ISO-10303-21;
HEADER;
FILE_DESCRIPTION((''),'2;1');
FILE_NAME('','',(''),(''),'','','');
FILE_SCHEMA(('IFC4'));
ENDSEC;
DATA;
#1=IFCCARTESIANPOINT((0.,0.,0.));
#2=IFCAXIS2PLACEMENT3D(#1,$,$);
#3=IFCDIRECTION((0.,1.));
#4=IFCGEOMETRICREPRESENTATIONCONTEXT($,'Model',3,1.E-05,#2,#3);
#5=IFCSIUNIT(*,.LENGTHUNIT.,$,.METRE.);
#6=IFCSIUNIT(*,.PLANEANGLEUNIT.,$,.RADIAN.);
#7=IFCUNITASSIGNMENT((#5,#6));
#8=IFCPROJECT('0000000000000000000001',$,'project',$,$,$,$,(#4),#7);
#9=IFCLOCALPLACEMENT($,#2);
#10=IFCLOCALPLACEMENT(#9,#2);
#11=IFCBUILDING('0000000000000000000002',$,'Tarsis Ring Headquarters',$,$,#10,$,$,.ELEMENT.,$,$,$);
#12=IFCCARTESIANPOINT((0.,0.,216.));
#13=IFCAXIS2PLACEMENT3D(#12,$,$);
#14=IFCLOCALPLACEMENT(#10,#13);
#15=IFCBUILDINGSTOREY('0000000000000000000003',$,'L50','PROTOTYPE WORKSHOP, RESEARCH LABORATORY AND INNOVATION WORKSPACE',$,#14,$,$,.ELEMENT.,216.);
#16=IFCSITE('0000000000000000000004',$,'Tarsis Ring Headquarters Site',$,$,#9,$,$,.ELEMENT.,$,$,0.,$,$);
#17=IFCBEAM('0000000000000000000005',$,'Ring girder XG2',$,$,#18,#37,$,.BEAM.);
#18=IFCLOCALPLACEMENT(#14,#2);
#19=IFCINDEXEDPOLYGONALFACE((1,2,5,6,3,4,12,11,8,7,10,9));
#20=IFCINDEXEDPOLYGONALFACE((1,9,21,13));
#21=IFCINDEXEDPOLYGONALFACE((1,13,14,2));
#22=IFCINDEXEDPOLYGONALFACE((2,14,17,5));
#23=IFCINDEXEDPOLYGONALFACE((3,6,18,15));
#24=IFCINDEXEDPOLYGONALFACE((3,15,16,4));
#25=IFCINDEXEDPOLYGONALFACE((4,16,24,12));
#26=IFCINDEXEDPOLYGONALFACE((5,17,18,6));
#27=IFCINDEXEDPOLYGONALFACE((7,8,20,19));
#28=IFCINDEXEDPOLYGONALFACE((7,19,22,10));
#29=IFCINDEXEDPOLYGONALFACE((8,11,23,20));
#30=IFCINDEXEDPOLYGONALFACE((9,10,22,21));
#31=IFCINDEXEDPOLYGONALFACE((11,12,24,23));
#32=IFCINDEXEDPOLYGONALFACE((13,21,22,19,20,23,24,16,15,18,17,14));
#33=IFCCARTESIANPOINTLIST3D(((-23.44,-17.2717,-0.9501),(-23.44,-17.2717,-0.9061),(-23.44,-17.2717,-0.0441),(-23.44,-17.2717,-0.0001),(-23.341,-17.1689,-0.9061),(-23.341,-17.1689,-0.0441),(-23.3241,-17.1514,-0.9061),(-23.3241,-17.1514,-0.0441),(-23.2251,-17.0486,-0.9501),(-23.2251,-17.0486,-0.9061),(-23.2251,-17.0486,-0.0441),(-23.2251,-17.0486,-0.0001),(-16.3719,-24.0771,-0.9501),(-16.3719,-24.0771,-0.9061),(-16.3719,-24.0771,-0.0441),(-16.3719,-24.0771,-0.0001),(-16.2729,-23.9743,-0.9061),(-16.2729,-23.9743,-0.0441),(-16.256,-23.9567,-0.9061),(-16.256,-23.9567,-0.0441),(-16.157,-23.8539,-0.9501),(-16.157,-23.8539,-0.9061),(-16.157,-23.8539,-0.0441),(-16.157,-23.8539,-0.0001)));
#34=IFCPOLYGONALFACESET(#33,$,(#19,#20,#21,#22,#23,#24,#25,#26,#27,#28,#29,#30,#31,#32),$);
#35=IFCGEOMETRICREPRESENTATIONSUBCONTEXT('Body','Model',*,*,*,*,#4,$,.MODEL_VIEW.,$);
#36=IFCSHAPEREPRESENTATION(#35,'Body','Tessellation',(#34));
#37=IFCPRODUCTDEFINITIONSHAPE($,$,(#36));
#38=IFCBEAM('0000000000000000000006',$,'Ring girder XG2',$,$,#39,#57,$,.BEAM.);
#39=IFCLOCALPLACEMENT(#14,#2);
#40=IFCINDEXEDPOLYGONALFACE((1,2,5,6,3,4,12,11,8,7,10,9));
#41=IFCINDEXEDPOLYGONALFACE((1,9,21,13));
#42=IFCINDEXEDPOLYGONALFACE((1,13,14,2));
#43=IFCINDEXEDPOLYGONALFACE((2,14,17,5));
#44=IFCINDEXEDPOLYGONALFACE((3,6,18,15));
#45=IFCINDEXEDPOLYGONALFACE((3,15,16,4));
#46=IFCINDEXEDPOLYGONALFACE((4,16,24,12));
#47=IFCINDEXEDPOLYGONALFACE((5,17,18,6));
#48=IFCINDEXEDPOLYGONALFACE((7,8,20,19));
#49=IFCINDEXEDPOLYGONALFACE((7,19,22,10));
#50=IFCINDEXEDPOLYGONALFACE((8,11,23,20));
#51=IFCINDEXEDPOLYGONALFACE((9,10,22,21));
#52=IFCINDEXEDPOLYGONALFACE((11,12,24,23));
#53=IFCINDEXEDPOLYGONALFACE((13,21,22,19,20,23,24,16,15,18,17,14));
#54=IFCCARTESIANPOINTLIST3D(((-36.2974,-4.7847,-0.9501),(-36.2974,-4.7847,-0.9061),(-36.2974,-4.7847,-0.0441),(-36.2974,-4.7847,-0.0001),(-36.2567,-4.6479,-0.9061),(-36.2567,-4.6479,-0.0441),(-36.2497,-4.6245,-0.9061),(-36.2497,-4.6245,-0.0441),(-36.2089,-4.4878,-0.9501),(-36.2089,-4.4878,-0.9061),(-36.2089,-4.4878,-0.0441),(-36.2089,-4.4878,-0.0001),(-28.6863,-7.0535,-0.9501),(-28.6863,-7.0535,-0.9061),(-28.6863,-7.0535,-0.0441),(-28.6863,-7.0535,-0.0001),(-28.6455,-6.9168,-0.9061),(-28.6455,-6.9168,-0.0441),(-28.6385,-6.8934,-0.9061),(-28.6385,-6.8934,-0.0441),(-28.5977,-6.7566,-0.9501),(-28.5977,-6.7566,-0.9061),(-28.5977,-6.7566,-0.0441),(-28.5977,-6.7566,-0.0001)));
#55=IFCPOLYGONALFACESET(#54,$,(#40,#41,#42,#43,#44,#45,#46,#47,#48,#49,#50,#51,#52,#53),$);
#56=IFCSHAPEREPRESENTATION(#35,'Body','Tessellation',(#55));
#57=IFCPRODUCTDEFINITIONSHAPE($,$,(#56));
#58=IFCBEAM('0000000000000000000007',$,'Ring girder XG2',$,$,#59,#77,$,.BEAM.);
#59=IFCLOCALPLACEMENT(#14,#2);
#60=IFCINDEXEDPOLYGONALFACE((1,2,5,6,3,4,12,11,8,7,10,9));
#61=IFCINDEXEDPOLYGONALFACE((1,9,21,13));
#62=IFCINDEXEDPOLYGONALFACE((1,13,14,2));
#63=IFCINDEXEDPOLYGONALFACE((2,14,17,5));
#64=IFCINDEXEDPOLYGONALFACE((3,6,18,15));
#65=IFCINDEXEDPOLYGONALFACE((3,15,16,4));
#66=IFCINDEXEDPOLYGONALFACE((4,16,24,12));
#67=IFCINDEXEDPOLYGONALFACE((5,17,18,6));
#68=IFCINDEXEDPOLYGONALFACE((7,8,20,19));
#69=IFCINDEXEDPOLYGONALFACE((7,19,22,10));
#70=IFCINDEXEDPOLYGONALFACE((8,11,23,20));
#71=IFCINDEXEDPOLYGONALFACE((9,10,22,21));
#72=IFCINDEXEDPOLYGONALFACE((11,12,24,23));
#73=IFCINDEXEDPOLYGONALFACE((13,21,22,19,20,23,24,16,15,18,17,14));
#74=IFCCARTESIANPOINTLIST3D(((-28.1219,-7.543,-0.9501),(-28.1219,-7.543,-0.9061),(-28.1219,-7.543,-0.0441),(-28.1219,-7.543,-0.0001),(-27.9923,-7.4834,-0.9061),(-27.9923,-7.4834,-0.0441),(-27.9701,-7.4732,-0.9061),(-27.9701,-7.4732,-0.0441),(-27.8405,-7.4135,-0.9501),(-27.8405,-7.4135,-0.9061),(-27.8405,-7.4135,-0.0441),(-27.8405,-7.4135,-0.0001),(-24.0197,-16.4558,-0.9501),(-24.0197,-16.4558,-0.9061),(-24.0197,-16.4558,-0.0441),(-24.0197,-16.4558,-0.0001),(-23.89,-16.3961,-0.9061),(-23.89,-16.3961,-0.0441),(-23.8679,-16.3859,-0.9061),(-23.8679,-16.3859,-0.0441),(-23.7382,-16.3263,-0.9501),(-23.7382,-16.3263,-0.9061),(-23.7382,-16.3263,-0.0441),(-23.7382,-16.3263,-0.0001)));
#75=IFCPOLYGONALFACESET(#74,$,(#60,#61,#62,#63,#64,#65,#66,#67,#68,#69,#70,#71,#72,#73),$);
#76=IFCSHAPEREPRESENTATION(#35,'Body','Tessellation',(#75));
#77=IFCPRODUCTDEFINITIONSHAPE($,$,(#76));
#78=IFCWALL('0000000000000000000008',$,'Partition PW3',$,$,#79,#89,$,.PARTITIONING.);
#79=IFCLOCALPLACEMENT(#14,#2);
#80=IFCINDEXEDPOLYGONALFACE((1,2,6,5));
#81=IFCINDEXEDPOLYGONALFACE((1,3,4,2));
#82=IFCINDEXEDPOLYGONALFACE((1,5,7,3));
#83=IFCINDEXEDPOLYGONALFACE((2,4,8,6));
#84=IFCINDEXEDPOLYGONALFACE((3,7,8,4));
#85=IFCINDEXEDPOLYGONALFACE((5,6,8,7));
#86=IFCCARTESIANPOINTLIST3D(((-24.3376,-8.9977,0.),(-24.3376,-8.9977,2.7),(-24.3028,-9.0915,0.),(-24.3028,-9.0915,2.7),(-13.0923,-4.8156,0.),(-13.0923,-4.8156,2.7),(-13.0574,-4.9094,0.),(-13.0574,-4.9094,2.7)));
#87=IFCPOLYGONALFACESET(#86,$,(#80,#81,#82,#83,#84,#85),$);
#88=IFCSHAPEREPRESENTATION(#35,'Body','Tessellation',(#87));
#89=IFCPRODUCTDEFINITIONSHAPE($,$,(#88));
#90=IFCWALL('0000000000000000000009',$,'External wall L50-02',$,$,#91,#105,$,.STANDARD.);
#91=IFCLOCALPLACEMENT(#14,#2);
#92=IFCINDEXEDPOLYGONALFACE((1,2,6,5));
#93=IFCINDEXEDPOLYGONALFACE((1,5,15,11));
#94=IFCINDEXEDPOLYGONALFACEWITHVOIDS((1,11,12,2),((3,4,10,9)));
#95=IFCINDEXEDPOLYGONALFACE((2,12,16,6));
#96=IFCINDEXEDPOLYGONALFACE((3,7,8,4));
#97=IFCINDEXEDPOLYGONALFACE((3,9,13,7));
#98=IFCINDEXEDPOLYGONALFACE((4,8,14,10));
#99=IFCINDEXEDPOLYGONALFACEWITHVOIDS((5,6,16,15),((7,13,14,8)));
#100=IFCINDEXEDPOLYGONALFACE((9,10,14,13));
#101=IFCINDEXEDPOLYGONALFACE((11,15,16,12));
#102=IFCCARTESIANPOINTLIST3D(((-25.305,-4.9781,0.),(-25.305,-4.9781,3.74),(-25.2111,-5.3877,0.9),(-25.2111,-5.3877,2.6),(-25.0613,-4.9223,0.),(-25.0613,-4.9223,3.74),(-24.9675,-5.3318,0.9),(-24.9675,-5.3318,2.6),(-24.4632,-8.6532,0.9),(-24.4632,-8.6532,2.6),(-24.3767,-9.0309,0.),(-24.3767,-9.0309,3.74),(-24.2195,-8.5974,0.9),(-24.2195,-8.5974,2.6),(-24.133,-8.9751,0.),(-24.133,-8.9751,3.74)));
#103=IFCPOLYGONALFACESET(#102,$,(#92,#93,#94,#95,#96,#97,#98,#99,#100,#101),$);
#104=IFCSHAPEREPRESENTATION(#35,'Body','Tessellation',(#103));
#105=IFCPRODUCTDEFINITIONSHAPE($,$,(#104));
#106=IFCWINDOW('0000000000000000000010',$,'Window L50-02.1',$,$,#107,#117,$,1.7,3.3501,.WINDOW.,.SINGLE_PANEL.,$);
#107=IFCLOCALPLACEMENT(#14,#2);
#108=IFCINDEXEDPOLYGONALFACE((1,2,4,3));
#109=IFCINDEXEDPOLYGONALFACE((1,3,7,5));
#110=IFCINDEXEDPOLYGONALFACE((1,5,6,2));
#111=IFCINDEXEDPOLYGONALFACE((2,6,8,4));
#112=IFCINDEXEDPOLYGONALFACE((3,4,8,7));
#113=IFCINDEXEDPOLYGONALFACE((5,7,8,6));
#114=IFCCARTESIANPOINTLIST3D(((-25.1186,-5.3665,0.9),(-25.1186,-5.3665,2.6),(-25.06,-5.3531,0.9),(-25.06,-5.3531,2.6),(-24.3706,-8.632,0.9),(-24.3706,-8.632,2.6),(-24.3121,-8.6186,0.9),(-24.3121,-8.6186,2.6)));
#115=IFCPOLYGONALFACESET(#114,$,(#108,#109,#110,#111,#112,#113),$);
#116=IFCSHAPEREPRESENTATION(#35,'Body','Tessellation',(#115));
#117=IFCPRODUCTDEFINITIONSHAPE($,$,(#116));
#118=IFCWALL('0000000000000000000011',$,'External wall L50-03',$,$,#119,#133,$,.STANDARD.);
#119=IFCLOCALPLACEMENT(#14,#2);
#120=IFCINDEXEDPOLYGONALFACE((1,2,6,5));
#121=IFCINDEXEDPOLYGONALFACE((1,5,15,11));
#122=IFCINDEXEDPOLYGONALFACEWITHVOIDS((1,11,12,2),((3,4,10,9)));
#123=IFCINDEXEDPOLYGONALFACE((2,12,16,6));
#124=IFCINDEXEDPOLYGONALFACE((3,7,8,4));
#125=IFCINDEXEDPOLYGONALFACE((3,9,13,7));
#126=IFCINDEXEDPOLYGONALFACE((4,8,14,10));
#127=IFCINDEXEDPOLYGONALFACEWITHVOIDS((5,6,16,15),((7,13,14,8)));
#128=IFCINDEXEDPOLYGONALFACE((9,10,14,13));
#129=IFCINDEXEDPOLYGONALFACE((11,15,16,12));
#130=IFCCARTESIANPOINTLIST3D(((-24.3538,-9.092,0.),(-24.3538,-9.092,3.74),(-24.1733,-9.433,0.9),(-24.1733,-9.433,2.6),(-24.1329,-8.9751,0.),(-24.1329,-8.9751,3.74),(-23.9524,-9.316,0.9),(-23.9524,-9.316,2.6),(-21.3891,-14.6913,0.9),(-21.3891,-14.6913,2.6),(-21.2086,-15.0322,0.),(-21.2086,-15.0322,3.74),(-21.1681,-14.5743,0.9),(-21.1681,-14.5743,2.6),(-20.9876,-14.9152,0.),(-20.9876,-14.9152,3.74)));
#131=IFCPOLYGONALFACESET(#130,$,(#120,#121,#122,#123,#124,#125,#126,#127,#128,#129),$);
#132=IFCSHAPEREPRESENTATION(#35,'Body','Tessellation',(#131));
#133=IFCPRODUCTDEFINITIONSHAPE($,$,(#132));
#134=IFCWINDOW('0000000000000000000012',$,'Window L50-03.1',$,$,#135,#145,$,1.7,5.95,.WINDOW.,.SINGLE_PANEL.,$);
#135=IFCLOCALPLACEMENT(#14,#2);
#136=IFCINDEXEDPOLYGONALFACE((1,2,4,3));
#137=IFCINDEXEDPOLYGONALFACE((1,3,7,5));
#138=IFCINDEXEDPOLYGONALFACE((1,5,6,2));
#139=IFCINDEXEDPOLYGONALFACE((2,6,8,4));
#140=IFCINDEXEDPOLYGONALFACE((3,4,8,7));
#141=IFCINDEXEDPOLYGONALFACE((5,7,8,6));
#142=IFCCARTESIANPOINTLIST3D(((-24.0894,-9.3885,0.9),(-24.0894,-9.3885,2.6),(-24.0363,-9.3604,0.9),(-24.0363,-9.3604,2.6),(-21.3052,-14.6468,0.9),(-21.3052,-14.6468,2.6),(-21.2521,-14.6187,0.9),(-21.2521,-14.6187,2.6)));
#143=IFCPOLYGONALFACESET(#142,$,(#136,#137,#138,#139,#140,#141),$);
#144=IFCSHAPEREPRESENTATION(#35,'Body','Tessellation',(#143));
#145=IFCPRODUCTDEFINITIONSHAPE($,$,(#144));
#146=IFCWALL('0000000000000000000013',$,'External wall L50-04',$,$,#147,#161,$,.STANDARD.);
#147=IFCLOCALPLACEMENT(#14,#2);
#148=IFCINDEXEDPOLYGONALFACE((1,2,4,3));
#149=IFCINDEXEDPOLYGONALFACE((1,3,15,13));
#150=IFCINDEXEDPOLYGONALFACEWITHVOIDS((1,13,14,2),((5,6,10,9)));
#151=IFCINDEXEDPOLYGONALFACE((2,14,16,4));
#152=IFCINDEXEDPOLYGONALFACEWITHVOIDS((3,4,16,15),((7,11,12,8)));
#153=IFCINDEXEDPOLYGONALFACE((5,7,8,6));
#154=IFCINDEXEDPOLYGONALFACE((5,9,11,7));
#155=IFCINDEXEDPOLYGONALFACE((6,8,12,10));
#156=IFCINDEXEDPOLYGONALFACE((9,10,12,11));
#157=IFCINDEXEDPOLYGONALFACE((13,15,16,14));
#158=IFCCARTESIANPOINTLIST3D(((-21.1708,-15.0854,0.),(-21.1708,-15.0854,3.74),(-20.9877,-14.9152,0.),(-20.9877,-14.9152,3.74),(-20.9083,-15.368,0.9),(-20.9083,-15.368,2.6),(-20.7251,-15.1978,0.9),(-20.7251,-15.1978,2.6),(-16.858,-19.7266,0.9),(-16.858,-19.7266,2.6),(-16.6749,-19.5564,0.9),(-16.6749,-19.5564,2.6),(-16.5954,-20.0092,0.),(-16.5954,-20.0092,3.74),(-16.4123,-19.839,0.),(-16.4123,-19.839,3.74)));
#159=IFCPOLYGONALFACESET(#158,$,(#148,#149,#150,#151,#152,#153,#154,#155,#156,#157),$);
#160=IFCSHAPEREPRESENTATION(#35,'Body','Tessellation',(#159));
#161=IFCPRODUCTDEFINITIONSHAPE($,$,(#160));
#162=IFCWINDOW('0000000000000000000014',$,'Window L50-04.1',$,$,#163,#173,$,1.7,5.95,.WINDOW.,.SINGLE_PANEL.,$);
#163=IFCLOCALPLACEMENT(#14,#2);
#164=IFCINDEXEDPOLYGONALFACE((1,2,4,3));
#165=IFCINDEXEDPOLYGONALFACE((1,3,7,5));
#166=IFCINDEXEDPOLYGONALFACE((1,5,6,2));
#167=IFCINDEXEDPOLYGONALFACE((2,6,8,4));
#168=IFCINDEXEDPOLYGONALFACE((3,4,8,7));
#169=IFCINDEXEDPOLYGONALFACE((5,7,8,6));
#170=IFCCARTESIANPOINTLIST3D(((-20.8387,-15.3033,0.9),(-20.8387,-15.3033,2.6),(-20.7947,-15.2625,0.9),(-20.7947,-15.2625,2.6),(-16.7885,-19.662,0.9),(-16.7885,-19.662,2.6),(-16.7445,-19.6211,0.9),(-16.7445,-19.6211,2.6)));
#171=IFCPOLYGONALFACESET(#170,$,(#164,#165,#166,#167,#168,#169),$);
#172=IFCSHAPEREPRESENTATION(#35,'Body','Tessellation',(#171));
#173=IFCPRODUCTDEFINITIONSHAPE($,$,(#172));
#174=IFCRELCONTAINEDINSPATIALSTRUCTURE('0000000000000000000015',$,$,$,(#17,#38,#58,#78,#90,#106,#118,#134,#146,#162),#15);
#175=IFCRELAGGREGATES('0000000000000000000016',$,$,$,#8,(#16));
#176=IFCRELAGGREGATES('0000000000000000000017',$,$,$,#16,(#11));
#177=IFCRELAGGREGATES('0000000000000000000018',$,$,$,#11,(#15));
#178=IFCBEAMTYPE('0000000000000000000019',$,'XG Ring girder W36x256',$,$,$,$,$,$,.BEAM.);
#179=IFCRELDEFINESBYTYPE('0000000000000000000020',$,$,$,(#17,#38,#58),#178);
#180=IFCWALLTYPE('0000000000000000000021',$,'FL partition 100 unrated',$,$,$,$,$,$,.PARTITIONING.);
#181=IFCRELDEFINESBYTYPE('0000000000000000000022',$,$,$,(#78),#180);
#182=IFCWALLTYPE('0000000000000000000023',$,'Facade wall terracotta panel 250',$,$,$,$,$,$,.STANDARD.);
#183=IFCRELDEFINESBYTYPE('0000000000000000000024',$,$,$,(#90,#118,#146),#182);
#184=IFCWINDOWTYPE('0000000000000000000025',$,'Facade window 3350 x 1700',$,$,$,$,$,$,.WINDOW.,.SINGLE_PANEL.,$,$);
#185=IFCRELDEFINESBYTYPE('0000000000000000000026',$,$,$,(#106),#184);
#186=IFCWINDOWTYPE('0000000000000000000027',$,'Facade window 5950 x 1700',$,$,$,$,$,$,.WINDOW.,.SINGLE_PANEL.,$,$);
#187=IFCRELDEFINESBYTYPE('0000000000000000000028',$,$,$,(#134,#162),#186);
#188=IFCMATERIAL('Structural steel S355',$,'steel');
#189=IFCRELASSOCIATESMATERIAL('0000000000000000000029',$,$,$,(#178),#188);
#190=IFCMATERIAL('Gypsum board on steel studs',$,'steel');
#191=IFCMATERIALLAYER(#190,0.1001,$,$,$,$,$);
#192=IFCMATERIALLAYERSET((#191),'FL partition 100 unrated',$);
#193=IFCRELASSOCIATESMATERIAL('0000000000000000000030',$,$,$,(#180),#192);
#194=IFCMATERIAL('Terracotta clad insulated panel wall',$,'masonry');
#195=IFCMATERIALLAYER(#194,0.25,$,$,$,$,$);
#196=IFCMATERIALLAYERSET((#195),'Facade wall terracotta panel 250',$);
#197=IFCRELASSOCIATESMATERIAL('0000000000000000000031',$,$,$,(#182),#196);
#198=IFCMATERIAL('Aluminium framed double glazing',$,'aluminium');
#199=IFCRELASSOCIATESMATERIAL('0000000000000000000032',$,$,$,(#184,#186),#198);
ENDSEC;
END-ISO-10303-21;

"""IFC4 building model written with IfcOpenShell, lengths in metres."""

from ifc_helpers import new_model, si_unit, direction, frame, frame_2d, origin, origin_2d, place, context, subcontext, project, spatial, rectangle, i_section, extrude, material, layer, layer_set, material_profile, profile_set, type_object, element, fill, save


model = new_model("IFC4")

# Units and contexts
model_context = context("Model", 3, precision=1e-05, world=origin(), true_north=direction((0.0, 1.0)))
body_context = subcontext(model_context, "Body", "Model", "MODEL_VIEW")
ifc_project = project(units=[si_unit("LENGTHUNIT", "METRE"), si_unit("PLANEANGLEUNIT", "RADIAN")], contexts=[model_context])

# Site, building, storey
site_placement = place(None, origin())
site = spatial("IfcSite", under=ifc_project, at=site_placement, Name="Tarsis Ring Headquarters Site", CompositionType="ELEMENT", RefElevation=0.0)
building_placement = place(site_placement, origin())
building = spatial("IfcBuilding", under=site, at=building_placement, Name="Tarsis Ring Headquarters", CompositionType="ELEMENT")
storey_placement = place(building_placement, frame((0.0, 0.0, 216.0)))
storey = spatial("IfcBuildingStorey", under=building, at=storey_placement, Name="L50", Description="PROTOTYPE WORKSHOP, RESEARCH LABORATORY AND INNOVATION WORKSPACE", CompositionType="ELEMENT", Elevation=216.0)

# Shared definitions
ifc_material_1 = material(Name="Structural steel S355", Category="steel")

# Beams
ifc_material_profile_1 = material_profile(ifc_material_1, i_section(OverallWidth=0.3098, OverallDepth=0.95, WebThickness=0.0244, FlangeThickness=0.0439, at=origin_2d()), Name="W36x256")
ifc_profile_set_1 = profile_set([ifc_material_profile_1], Name="Structural steel S355")
beam_type_1 = type_object("IfcBeamType", Name="XG Ring girder W36x256", PredefinedType="BEAM", material=ifc_profile_set_1)
beam_1_placement = place(storey_placement, frame((-23.3325, -17.1602, -0.4751), z_axis=(0.720367, -0.693593, 0.0), x_axis=(0.693593, 0.720367, 0.0)))
element("IfcBeam", 1, at=beam_1_placement, inside=storey, type_object=beam_type_1, Name="Ring girder XG2", PredefinedType="BEAM", context=body_context, shape_type="SweptSolid", body=[
    extrude(i_section(OverallWidth=0.3098, OverallDepth=0.95, WebThickness=0.0244, FlangeThickness=0.0439, at=origin_2d()), origin(), (0.0, 0.0, 1.0), 9.8118),
])
beam_2_placement = place(storey_placement, frame((-36.2532, -4.6362, -0.4751), z_axis=(0.958328, -0.285669, 0.0), x_axis=(0.285669, 0.958328, 0.0)))
element("IfcBeam", 2, at=beam_2_placement, inside=storey, type_object=beam_type_1, Name="Ring girder XG2", PredefinedType="BEAM", context=body_context, shape_type="SweptSolid", body=[
    extrude(i_section(OverallWidth=0.3098, OverallDepth=0.95, WebThickness=0.0244, FlangeThickness=0.0439, at=origin_2d()), origin(), (0.0, 0.0, 1.0), 7.9421),
])
beam_3_placement = place(storey_placement, frame((-27.9812, -7.4783, -0.4751), z_axis=(0.418106, -0.908398, 0.0), x_axis=(0.908398, 0.418106, 0.0)))
element("IfcBeam", 3, at=beam_3_placement, inside=storey, type_object=beam_type_1, Name="Ring girder XG2", PredefinedType="BEAM", context=body_context, shape_type="SweptSolid", body=[
    extrude(i_section(OverallWidth=0.3098, OverallDepth=0.95, WebThickness=0.0244, FlangeThickness=0.0439, at=origin_2d()), origin(), (0.0, 0.0, 1.0), 9.8115),
])

# Wall
ifc_material_2 = material(Name="Gypsum board on steel studs", Category="steel")
ifc_layer_1 = layer(ifc_material_2, 0.1001)
ifc_layer_set_1 = layer_set([ifc_layer_1], Name="FL partition 100 unrated")
wall_type_1 = type_object("IfcWallType", Name="FL partition 100 unrated", PredefinedType="PARTITIONING", material=ifc_layer_set_1)
wall_1_placement = place(storey_placement, frame((-24.3203, -9.0447, 0.0), z_axis=(0.0, 0.0, 1.0), x_axis=(0.937282, 0.348573, 0.0)))
element("IfcWall", 4, at=wall_1_placement, inside=storey, type_object=wall_type_1, Name="Partition PW3", PredefinedType="PARTITIONING", context=body_context, shape_type="SweptSolid", body=[
    extrude(rectangle(XDim=11.9978, YDim=0.1001, at=frame_2d((5.999, 0.0))), origin(), (0.0, 0.0, 1.0), 2.7),
])

# Walls, openings, windows
ifc_material_3 = material(Name="Terracotta clad insulated panel wall", Category="masonry")
ifc_layer_2 = layer(ifc_material_3, 0.25)
ifc_layer_set_2 = layer_set([ifc_layer_2], Name="Facade wall terracotta panel 250")
wall_type_2 = type_object("IfcWallType", Name="Facade wall terracotta panel 250", PredefinedType="STANDARD", material=ifc_layer_set_2)
wall_2_placement = place(storey_placement, frame((-25.1831, -4.9502, 0.0), z_axis=(0.0, 0.0, 1.0), x_axis=(0.223255, -0.97476, 0.0)))
wall_2 = element("IfcWall", 5, at=wall_2_placement, inside=storey, type_object=wall_type_2, Name="External wall L50-02", PredefinedType="STANDARD", context=body_context, shape_type="SweptSolid", body=[
    extrude(rectangle(XDim=4.1577, YDim=0.25, at=frame_2d((2.0789, 0.0))), origin(), (0.0, 0.0, 1.0), 3.74),
])
opening_1_placement = place(wall_2_placement, frame((0.4202, 0.0, 0.8999)))
opening_1 = element("IfcOpeningElement", 6, at=opening_1_placement, cuts=wall_2, PredefinedType="OPENING", context=body_context, shape_type="SweptSolid", body=[
    extrude(rectangle(XDim=3.3501, YDim=1.7, at=frame_2d((1.675, 0.8501))), frame((0.0, 0.135, 0.0), z_axis=(0.0, -1.0, 0.0), x_axis=(1.0, 0.0, 0.0)), (0.0, 0.0, 1.0), 0.27),
])
ifc_material_4 = material(Name="Aluminium framed double glazing", Category="aluminium")
window_type_1 = type_object("IfcWindowType", Name="Facade window 3350 x 1700", PartitioningType="SINGLE_PANEL", PredefinedType="WINDOW", material=ifc_material_4)
window_1_placement = place(opening_1_placement, origin())
window_1 = element("IfcWindow", 7, at=window_1_placement, inside=storey, type_object=window_type_1, Name="Window L50-02.1", OverallHeight=1.7, OverallWidth=3.3501, PartitioningType="SINGLE_PANEL", PredefinedType="WINDOW", context=body_context, shape_type="SweptSolid", body=[
    extrude(rectangle(XDim=3.3501, YDim=1.7, at=frame_2d((1.675, 0.8501))), frame((0.0, 0.03, 0.0), z_axis=(0.0, -1.0, 0.0), x_axis=(1.0, 0.0, 0.0)), (0.0, 0.0, 1.0), 0.0601),
])
fill(opening_1, window_1)
wall_3_placement = place(storey_placement, frame((-24.2434, -9.0334, 0.0), z_axis=(0.0, 0.0, 1.0), x_axis=(0.467941, -0.88376, 0.0)))
wall_3 = element("IfcWall", 8, at=wall_3_placement, inside=storey, type_object=wall_type_2, Name="External wall L50-03", PredefinedType="STANDARD", context=body_context, shape_type="SweptSolid", body=[
    extrude(rectangle(XDim=6.7214, YDim=0.25, at=frame_2d((3.3608, 0.0))), origin(), (0.0, 0.0, 1.0), 3.74),
])
opening_2_placement = place(wall_3_placement, frame((0.3857, 0.0, 0.8999)))
opening_2 = element("IfcOpeningElement", 9, at=opening_2_placement, cuts=wall_3, PredefinedType="OPENING", context=body_context, shape_type="SweptSolid", body=[
    extrude(rectangle(XDim=5.95, YDim=1.7, at=frame_2d((2.9751, 0.8501))), frame((0.0, 0.135, 0.0), z_axis=(0.0, -1.0, 0.0), x_axis=(1.0, 0.0, 0.0)), (0.0, 0.0, 1.0), 0.27),
])
window_type_2 = type_object("IfcWindowType", Name="Facade window 5950 x 1700", PartitioningType="SINGLE_PANEL", PredefinedType="WINDOW", material=ifc_material_4)
window_2_placement = place(opening_2_placement, origin())
window_2 = element("IfcWindow", 10, at=window_2_placement, inside=storey, type_object=window_type_2, Name="Window L50-03.1", OverallHeight=1.7, OverallWidth=5.95, PartitioningType="SINGLE_PANEL", PredefinedType="WINDOW", context=body_context, shape_type="SweptSolid", body=[
    extrude(rectangle(XDim=5.95, YDim=1.7, at=frame_2d((2.9751, 0.8501))), frame((0.0, 0.03, 0.0), z_axis=(0.0, -1.0, 0.0), x_axis=(1.0, 0.0, 0.0)), (0.0, 0.0, 1.0), 0.0601),
])
fill(opening_2, window_2)
wall_4_placement = place(storey_placement, frame((-21.0793, -15.0002, 0.0), z_axis=(0.0, 0.0, 1.0), x_axis=(0.680716, -0.732548, 0.0)))
wall_4 = element("IfcWall", 11, at=wall_4_placement, inside=storey, type_object=wall_type_2, Name="External wall L50-04", PredefinedType="STANDARD", context=body_context, shape_type="SweptSolid", body=[
    extrude(rectangle(XDim=6.7214, YDim=0.25, at=frame_2d((3.3608, 0.0))), origin(), (0.0, 0.0, 1.0), 3.74),
])
opening_3_placement = place(wall_4_placement, frame((0.3857, 0.0, 0.8999)))
opening_3 = element("IfcOpeningElement", 12, at=opening_3_placement, cuts=wall_4, PredefinedType="OPENING", context=body_context, shape_type="SweptSolid", body=[
    extrude(rectangle(XDim=5.95, YDim=1.7, at=frame_2d((2.9751, 0.8501))), frame((0.0, 0.135, 0.0), z_axis=(0.0, -1.0, 0.0), x_axis=(1.0, 0.0, 0.0)), (0.0, 0.0, 1.0), 0.27),
])
window_3_placement = place(opening_3_placement, origin())
window_3 = element("IfcWindow", 13, at=window_3_placement, inside=storey, type_object=window_type_2, Name="Window L50-04.1", OverallHeight=1.7, OverallWidth=5.95, PartitioningType="SINGLE_PANEL", PredefinedType="WINDOW", context=body_context, shape_type="SweptSolid", body=[
    extrude(rectangle(XDim=5.95, YDim=1.7, at=frame_2d((2.9751, 0.8501))), frame((0.0, 0.03, 0.0), z_axis=(0.0, -1.0, 0.0), x_axis=(1.0, 0.0, 0.0)), (0.0, 0.0, 1.0), 0.0601),
])
fill(opening_3, window_3)

save(model, "model.ifc")
